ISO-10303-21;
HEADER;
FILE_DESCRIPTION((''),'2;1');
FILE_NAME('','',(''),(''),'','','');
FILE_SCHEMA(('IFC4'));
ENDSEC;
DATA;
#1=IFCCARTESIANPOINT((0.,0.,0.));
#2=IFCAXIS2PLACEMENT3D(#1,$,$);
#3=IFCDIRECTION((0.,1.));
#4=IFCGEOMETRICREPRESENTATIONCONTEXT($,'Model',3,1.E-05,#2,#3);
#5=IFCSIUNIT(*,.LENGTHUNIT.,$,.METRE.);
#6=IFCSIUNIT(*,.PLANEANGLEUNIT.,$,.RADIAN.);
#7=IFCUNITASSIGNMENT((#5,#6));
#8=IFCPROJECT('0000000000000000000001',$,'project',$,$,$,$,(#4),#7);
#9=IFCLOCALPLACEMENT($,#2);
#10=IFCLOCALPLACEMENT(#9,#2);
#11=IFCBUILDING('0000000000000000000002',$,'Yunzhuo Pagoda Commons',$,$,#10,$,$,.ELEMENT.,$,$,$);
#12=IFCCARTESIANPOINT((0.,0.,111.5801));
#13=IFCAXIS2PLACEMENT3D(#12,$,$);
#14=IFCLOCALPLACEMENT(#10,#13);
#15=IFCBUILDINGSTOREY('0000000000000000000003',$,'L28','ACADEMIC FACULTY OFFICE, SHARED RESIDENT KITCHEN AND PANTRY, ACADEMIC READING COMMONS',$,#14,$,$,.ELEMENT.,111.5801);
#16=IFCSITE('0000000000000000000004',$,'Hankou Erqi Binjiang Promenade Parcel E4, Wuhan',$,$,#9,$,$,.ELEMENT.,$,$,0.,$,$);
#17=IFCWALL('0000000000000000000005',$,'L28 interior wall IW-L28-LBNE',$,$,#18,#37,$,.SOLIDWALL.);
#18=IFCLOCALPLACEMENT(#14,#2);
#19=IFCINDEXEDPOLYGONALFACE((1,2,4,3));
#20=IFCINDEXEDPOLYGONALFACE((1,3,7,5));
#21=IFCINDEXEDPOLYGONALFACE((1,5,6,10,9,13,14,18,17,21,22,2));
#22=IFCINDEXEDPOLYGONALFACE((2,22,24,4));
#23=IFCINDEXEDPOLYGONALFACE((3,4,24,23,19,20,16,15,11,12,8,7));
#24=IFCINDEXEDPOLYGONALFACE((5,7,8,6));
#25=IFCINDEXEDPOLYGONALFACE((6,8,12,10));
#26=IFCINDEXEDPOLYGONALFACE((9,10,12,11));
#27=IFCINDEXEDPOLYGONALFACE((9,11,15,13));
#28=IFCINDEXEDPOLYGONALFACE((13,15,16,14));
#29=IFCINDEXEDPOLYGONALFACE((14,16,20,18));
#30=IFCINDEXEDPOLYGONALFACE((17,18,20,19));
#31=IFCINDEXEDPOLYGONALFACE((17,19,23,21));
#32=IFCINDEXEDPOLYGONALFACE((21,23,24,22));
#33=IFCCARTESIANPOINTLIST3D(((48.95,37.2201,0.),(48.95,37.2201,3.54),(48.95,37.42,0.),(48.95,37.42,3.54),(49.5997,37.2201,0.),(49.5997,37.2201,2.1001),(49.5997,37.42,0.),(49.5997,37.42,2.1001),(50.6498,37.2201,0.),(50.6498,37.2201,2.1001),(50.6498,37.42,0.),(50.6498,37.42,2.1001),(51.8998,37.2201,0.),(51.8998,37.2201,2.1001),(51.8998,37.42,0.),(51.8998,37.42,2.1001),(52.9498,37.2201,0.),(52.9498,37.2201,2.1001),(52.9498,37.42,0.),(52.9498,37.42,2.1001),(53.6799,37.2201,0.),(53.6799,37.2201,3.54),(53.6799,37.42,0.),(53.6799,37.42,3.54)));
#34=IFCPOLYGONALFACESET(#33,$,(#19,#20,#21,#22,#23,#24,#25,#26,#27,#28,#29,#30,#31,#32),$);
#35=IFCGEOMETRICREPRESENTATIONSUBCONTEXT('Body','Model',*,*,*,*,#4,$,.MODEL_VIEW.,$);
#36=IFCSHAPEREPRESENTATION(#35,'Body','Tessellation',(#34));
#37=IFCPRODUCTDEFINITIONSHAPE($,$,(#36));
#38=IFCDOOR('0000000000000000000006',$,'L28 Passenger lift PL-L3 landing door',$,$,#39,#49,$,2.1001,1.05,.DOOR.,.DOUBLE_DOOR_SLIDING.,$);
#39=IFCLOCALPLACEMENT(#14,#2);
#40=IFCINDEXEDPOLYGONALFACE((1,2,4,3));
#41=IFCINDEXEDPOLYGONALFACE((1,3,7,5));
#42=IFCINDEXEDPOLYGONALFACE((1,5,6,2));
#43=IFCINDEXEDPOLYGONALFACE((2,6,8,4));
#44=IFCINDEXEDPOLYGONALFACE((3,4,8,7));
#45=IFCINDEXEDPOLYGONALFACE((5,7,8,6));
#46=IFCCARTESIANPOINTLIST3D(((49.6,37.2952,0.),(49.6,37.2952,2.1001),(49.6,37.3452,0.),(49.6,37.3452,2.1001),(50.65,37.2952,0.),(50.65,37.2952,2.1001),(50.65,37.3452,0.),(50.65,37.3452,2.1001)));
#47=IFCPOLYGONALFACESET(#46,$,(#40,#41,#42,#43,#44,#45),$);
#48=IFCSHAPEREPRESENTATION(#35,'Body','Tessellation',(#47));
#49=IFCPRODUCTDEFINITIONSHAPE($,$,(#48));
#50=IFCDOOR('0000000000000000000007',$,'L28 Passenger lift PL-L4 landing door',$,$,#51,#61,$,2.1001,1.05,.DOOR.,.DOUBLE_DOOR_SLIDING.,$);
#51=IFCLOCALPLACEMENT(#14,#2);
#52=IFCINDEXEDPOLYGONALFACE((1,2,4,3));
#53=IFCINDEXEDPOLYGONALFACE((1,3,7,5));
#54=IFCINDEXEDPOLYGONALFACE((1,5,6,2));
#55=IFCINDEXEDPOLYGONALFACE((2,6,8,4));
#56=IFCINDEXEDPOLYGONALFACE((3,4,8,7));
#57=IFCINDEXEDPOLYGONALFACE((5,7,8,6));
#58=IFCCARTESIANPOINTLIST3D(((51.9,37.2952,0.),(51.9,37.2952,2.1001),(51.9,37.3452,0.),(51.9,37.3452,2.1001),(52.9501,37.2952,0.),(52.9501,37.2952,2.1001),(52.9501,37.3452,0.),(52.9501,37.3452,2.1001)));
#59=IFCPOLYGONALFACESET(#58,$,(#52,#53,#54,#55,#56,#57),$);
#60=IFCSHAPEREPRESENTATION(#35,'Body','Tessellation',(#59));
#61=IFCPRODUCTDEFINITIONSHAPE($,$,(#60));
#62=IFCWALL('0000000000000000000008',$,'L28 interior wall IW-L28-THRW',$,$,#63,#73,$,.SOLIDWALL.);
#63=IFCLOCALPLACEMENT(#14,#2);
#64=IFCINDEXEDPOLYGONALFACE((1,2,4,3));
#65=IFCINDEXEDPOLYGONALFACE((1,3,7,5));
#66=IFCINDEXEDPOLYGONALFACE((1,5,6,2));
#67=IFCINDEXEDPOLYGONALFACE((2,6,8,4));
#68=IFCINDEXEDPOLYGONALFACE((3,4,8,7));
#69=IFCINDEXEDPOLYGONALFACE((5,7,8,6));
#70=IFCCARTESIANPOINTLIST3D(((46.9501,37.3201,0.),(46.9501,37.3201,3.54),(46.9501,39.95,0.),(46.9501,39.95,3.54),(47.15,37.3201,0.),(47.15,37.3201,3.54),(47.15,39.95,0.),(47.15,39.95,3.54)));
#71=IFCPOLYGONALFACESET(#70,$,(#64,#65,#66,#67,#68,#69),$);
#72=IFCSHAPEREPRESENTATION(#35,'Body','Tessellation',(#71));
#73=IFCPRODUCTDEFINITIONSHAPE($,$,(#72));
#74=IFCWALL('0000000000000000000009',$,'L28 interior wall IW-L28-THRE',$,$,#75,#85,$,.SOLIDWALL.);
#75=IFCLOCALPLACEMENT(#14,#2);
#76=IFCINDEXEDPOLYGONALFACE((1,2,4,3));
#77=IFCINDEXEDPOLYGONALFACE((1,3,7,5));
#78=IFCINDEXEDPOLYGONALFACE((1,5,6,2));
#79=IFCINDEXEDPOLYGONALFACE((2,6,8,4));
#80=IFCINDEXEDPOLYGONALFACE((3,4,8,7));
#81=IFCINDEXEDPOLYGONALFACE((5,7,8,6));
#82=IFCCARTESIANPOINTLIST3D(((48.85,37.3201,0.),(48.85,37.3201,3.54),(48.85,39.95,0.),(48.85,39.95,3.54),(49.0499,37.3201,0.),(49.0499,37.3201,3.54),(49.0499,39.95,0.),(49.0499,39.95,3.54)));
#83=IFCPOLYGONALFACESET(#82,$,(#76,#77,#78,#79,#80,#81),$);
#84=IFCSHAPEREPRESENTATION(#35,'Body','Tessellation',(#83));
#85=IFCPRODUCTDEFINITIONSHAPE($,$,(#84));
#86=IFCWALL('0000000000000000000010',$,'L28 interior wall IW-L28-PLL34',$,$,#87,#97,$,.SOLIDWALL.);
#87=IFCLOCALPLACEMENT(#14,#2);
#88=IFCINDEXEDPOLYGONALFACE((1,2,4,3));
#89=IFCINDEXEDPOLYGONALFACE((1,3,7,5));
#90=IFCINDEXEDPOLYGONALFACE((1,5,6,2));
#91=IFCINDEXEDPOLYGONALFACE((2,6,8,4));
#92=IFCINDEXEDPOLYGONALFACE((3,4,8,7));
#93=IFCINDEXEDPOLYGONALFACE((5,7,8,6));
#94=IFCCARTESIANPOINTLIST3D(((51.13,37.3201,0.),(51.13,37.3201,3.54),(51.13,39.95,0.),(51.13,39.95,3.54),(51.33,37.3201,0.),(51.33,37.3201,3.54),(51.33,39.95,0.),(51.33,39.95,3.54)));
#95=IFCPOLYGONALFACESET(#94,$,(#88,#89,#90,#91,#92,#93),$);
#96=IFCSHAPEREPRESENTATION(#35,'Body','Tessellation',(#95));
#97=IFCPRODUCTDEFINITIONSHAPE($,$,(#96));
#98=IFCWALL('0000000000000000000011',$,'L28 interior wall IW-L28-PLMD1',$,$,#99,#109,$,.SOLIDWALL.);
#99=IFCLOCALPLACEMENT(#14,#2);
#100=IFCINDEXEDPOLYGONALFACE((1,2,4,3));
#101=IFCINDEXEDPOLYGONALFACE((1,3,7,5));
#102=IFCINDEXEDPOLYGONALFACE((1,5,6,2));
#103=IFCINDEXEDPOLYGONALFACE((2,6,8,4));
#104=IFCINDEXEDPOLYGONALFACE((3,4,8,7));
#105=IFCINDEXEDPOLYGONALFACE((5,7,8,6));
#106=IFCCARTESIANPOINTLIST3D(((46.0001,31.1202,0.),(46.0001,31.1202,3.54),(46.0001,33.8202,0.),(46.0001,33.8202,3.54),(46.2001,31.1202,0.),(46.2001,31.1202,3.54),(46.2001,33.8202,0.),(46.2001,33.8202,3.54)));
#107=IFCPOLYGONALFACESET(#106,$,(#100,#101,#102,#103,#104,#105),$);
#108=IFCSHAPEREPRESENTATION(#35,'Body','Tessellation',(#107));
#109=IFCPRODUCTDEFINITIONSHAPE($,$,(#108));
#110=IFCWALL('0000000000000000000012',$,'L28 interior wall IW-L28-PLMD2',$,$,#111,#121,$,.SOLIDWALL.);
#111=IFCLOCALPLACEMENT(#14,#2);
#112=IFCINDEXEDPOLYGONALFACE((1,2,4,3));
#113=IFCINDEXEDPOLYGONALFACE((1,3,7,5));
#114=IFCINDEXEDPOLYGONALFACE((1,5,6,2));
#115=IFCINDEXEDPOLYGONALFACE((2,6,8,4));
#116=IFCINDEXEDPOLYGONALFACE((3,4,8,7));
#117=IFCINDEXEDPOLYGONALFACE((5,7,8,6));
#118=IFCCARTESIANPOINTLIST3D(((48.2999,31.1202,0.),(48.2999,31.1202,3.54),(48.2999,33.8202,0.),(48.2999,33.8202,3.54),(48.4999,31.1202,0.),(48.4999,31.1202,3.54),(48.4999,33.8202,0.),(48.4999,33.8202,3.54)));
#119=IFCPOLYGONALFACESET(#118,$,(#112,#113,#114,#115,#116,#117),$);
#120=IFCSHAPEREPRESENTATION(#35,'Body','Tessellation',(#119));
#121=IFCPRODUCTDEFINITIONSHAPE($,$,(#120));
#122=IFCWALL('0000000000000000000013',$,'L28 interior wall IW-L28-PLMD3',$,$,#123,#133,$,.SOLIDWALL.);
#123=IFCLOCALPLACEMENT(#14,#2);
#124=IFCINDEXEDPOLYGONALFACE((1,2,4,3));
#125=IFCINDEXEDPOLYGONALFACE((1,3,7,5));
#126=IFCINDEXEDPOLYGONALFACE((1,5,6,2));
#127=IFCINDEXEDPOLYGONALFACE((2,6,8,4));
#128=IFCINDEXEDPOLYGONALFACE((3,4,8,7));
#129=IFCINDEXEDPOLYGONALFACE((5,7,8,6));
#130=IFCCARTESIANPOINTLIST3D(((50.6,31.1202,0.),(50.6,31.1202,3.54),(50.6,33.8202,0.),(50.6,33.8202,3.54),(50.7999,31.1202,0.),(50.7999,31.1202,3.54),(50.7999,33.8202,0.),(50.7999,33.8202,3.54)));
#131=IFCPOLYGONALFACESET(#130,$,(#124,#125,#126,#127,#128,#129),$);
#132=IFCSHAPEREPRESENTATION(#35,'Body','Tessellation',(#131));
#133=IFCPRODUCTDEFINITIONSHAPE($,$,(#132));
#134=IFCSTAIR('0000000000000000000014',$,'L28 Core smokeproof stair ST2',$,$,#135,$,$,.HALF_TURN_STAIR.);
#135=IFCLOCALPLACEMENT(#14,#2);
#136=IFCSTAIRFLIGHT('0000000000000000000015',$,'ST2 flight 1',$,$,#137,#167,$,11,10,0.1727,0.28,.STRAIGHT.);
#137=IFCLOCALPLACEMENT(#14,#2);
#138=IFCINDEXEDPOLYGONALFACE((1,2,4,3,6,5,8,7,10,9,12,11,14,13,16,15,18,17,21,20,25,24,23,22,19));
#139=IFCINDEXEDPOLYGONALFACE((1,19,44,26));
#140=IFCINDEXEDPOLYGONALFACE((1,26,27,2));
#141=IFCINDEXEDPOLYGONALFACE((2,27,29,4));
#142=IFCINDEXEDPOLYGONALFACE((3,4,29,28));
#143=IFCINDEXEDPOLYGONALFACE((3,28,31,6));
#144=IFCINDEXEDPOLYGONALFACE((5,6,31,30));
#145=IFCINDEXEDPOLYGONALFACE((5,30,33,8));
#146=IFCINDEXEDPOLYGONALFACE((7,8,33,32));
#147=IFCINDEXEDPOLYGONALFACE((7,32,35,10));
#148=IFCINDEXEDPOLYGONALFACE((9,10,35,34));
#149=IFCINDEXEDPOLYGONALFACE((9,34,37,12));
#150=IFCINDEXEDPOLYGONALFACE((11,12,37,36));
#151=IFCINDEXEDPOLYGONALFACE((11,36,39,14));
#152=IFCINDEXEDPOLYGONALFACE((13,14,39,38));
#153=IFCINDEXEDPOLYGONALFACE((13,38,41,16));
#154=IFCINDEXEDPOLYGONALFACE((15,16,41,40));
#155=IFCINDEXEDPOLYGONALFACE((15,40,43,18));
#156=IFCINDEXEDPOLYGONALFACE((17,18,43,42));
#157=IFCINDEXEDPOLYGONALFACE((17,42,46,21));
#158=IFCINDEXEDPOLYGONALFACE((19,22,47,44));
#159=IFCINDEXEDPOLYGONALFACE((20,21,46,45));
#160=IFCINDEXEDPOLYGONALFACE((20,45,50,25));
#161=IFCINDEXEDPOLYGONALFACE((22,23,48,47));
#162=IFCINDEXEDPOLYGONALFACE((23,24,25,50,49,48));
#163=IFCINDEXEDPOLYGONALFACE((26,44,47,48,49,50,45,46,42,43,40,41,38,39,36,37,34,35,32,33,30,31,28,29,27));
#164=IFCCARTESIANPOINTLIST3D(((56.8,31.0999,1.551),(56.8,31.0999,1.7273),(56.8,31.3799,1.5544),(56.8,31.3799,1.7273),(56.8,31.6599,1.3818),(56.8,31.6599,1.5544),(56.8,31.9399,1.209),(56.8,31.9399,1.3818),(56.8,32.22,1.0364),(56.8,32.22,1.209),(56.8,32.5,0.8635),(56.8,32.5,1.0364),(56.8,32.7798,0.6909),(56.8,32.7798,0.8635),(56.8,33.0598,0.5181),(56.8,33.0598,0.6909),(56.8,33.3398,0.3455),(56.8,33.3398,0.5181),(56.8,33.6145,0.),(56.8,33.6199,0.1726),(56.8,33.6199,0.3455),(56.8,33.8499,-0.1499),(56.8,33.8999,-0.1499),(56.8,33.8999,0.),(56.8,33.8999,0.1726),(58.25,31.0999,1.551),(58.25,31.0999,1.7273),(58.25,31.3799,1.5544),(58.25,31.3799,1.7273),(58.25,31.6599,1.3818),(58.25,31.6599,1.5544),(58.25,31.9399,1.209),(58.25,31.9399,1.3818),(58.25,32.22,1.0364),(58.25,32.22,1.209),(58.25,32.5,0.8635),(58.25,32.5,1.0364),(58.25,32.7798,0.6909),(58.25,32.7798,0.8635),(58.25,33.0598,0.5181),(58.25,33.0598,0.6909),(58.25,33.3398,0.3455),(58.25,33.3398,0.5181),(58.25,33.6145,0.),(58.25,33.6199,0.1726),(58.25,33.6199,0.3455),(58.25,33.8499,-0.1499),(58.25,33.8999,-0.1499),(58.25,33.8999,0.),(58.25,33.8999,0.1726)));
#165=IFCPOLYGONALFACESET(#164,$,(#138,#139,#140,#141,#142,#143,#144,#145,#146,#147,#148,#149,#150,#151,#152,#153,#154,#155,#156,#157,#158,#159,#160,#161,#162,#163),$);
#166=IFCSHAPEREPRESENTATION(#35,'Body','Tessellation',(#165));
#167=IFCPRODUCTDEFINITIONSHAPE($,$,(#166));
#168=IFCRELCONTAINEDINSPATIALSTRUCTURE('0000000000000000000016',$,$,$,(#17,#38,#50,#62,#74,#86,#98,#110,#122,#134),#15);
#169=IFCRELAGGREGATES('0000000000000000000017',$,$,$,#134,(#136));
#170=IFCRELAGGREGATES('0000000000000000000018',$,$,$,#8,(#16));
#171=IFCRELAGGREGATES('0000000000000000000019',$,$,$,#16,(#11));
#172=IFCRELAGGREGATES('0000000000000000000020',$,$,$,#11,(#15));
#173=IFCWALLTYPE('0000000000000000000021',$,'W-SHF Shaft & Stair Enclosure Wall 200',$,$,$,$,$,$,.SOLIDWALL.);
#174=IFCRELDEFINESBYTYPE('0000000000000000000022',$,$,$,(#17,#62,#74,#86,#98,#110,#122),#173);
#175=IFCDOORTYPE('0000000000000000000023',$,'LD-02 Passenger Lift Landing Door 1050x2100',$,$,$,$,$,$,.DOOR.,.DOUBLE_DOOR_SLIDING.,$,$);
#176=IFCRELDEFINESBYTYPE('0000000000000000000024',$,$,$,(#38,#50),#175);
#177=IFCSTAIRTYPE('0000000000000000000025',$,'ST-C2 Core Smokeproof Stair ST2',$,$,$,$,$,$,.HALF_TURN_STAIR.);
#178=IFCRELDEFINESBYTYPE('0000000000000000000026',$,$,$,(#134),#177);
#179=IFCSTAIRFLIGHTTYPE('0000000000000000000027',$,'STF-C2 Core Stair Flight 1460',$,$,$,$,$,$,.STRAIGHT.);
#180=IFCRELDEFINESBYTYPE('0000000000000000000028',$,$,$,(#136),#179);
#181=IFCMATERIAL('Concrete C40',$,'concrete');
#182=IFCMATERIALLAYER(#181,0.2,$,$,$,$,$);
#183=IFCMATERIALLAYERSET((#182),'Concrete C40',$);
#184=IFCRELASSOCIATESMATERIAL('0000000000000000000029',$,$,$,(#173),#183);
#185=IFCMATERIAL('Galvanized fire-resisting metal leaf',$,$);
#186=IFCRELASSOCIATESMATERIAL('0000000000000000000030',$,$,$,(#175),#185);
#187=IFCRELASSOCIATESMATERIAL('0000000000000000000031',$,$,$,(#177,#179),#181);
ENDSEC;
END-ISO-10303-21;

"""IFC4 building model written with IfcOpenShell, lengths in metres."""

from ifc_helpers import new_model, si_unit, direction, frame, frame_2d, origin, place, context, subcontext, project, spatial, polyline, rectangle, outline, extrude, source, transform, mapped, material, layer, layer_set, type_object, element, fill, aggregate, save


model = new_model("IFC4")

# Units and contexts
model_context = context("Model", 3, precision=1e-05, world=origin(), true_north=direction((0.0, 1.0)))
body_context = subcontext(model_context, "Body", "Model", "MODEL_VIEW")
ifc_project = project(units=[si_unit("LENGTHUNIT", "METRE"), si_unit("PLANEANGLEUNIT", "RADIAN")], contexts=[model_context])

# Site, building, storey
site_placement = place(None, origin())
site = spatial("IfcSite", under=ifc_project, at=site_placement, Name="Hankou Erqi Binjiang Promenade Parcel E4, Wuhan", CompositionType="ELEMENT", RefElevation=0.0)
building_placement = place(site_placement, origin())
building = spatial("IfcBuilding", under=site, at=building_placement, Name="Yunzhuo Pagoda Commons", CompositionType="ELEMENT")
storey_placement = place(building_placement, frame((0.0, 0.0, 111.5801)))
storey = spatial("IfcBuildingStorey", under=building, at=storey_placement, Name="L28", Description="ACADEMIC FACULTY OFFICE, SHARED RESIDENT KITCHEN AND PANTRY, ACADEMIC READING COMMONS", CompositionType="ELEMENT", Elevation=111.5801)

# Shared definitions
ifc_material_1 = material(Name="Galvanized fire-resisting metal leaf")
shared_shape_1 = source(origin(), body_context, "Body", "SweptSolid", [
    extrude(rectangle(XDim=1.05, YDim=2.1001, at=frame_2d((0.5249, 1.05))), frame((0.0, 0.0249, 0.0), z_axis=(0.0, -1.0, 0.0), x_axis=(1.0, 0.0, 0.0)), (0.0, 0.0, 1.0), 0.05),
])

# Shared definitions
ifc_material_2 = material(Name="Concrete C40", Category="concrete")
ifc_layer_1 = layer(ifc_material_2, 0.2)
ifc_layer_set_1 = layer_set([ifc_layer_1], Name="Concrete C40")
wall_type_1 = type_object("IfcWallType", Name="W-SHF Shaft & Stair Enclosure Wall 200", PredefinedType="SOLIDWALL", material=ifc_layer_set_1)

# Wall, openings, doors
wall_1_placement = place(storey_placement, frame((48.95, 37.3201, 0.0), z_axis=(0.0, 0.0, 1.0), x_axis=(1.0, 0.0, 0.0)))
wall_1 = element("IfcWall", 1, at=wall_1_placement, inside=storey, type_object=wall_type_1, Name="L28 interior wall IW-L28-LBNE", PredefinedType="SOLIDWALL", context=body_context, shape_type="SweptSolid", body=[
    extrude(rectangle(XDim=4.73, YDim=0.2, at=frame_2d((2.365, 0.0))), origin(), (0.0, 0.0, 1.0), 3.54),
])
opening_1_placement = place(wall_1_placement, frame((0.6499, 0.0, 0.0)))
opening_1 = element("IfcOpeningElement", 2, at=opening_1_placement, cuts=wall_1, PredefinedType="OPENING", context=body_context, shape_type="SweptSolid", body=[
    extrude(rectangle(XDim=1.05, YDim=2.1001, at=frame_2d((0.5249, 1.05))), frame((0.0, 0.1099, 0.0), z_axis=(0.0, -1.0, 0.0), x_axis=(1.0, 0.0, 0.0)), (0.0, 0.0, 1.0), 0.22),
])
opening_2_placement = place(wall_1_placement, frame((2.95, 0.0, 0.0)))
opening_2 = element("IfcOpeningElement", 3, at=opening_2_placement, cuts=wall_1, PredefinedType="OPENING", context=body_context, shape_type="SweptSolid", body=[
    extrude(rectangle(XDim=1.05, YDim=2.1001, at=frame_2d((0.5249, 1.05))), frame((0.0, 0.1099, 0.0), z_axis=(0.0, -1.0, 0.0), x_axis=(1.0, 0.0, 0.0)), (0.0, 0.0, 1.0), 0.22),
])
door_type_1 = type_object("IfcDoorType", Name="LD-02 Passenger Lift Landing Door 1050x2100", OperationType="DOUBLE_DOOR_SLIDING", PredefinedType="DOOR", material=ifc_material_1)
door_1_placement = place(opening_1_placement, frame((1.05, 0.0, 0.0), z_axis=(0.0, 0.0, 1.0), x_axis=(-1.0, 0.0, 0.0)))
door_1 = element("IfcDoor", 4, at=door_1_placement, inside=storey, type_object=door_type_1, Name="L28 Passenger lift PL-L3 landing door", OperationType="DOUBLE_DOOR_SLIDING", OverallHeight=2.1001, OverallWidth=1.05, PredefinedType="DOOR", context=body_context, shape_type="MappedRepresentation", body=[
    mapped(shared_shape_1, transform((0.0, 0.0, 0.0), scale=1.0)),
])
fill(opening_1, door_1)
door_2_placement = place(opening_2_placement, frame((1.05, 0.0, 0.0), z_axis=(0.0, 0.0, 1.0), x_axis=(-1.0, 0.0, 0.0)))
door_2 = element("IfcDoor", 5, at=door_2_placement, inside=storey, type_object=door_type_1, Name="L28 Passenger lift PL-L4 landing door", OperationType="DOUBLE_DOOR_SLIDING", OverallHeight=2.1001, OverallWidth=1.05, PredefinedType="DOOR", context=body_context, shape_type="MappedRepresentation", body=[
    mapped(shared_shape_1, transform((0.0, 0.0, 0.0), scale=1.0)),
])
fill(opening_2, door_2)

# Walls
for number, where, z_axis, x_axis, name in (
    (6, (47.05, 37.3201, 0.0), (0.0, 0.0, 1.0), (0.0, 1.0, 0.0), "L28 interior wall IW-L28-THRW"),
    (7, (48.95, 37.3201, 0.0), (0.0, 0.0, 1.0), (0.0, 1.0, 0.0), "L28 interior wall IW-L28-THRE"),
    (8, (51.23, 37.3201, 0.0), (0.0, 0.0, 1.0), (0.0, 1.0, 0.0), "L28 interior wall IW-L28-PLL34"),
):
    element("IfcWall", number, at=place(storey_placement, frame(where, z_axis=z_axis, x_axis=x_axis)), inside=storey, type_object=wall_type_1, Name=name, PredefinedType="SOLIDWALL", context=body_context, shape_type="SweptSolid", body=[
        extrude(rectangle(XDim=2.6299, YDim=0.2, at=frame_2d((1.3149, 0.0))), origin(), (0.0, 0.0, 1.0), 3.54),
    ])
for number, where, z_axis, x_axis, name in (
    (9, (46.1001, 31.1201, 0.0), (0.0, 0.0, 1.0), (0.0, 1.0, 0.0), "L28 interior wall IW-L28-PLMD1"),
    (10, (48.3999, 31.1201, 0.0), (0.0, 0.0, 1.0), (0.0, 1.0, 0.0), "L28 interior wall IW-L28-PLMD2"),
    (11, (50.7, 31.1201, 0.0), (0.0, 0.0, 1.0), (0.0, 1.0, 0.0), "L28 interior wall IW-L28-PLMD3"),
):
    element("IfcWall", number, at=place(storey_placement, frame(where, z_axis=z_axis, x_axis=x_axis)), inside=storey, type_object=wall_type_1, Name=name, PredefinedType="SOLIDWALL", context=body_context, shape_type="SweptSolid", body=[
        extrude(rectangle(XDim=2.7, YDim=0.2, at=frame_2d((1.3501, 0.0))), origin(), (0.0, 0.0, 1.0), 3.54),
    ])

# Stair, stair flight
stair_type = type_object("IfcStairType", Name="ST-C2 Core Smokeproof Stair ST2", PredefinedType="HALF_TURN_STAIR", material=ifc_material_2)
stair_placement = place(storey_placement, origin())
stair = element("IfcStair", 12, at=stair_placement, inside=storey, type_object=stair_type, Name="L28 Core smokeproof stair ST2", PredefinedType="HALF_TURN_STAIR")
stair_flight_type = type_object("IfcStairFlightType", Name="STF-C2 Core Stair Flight 1460", PredefinedType="STRAIGHT", material=ifc_material_2)
shared_shape_2 = source(origin(), body_context, "Body", "SweptSolid", [
    extrude(outline(polyline([(0.0, -0.1499), (0.0, 0.0), (0.0, 0.1726), (0.28, 0.1726), (0.28, 0.3455), (0.5601, 0.3455), (0.5601, 0.5181), (0.8401, 0.5181), (0.8401, 0.6909), (1.1201, 0.6909), (1.1201, 0.8635), (1.3999, 0.8635), (1.3999, 1.0364), (1.6799, 1.0364), (1.6799, 1.209), (1.96, 1.209), (1.96, 1.3818), (2.24, 1.3818), (2.24, 1.5544), (2.52, 1.5544), (2.52, 1.7273), (2.8, 1.7273), (2.8, 1.8999), (2.8, 1.551), (0.2854, 0.0), (0.05, -0.1499), (0.0, -0.1499)])), frame((0.0, 0.7251, 0.0), z_axis=(0.0, -1.0, 0.0), x_axis=(1.0, 0.0, 0.0)), (0.0, 0.0, 1.0), 1.45),
])
stair_flight_1_placement = place(storey_placement, frame((57.5249, 33.8999, 0.0), z_axis=(0.0, 0.0, 1.0), x_axis=(0.0, -1.0, 0.0)))
stair_flight_1 = element("IfcStairFlight", 13, at=stair_flight_1_placement, type_object=stair_flight_type, Name="ST2 flight 1", NumberOfRisers=11, NumberOfTreads=10, PredefinedType="STRAIGHT", RiserHeight=0.1727, TreadLength=0.28, context=body_context, shape_type="MappedRepresentation", body=[
    mapped(shared_shape_2, transform((0.0, 0.0, 0.0), scale=1.0)),
])
aggregate(stair, [stair_flight_1])

save(model, "model.ifc")
